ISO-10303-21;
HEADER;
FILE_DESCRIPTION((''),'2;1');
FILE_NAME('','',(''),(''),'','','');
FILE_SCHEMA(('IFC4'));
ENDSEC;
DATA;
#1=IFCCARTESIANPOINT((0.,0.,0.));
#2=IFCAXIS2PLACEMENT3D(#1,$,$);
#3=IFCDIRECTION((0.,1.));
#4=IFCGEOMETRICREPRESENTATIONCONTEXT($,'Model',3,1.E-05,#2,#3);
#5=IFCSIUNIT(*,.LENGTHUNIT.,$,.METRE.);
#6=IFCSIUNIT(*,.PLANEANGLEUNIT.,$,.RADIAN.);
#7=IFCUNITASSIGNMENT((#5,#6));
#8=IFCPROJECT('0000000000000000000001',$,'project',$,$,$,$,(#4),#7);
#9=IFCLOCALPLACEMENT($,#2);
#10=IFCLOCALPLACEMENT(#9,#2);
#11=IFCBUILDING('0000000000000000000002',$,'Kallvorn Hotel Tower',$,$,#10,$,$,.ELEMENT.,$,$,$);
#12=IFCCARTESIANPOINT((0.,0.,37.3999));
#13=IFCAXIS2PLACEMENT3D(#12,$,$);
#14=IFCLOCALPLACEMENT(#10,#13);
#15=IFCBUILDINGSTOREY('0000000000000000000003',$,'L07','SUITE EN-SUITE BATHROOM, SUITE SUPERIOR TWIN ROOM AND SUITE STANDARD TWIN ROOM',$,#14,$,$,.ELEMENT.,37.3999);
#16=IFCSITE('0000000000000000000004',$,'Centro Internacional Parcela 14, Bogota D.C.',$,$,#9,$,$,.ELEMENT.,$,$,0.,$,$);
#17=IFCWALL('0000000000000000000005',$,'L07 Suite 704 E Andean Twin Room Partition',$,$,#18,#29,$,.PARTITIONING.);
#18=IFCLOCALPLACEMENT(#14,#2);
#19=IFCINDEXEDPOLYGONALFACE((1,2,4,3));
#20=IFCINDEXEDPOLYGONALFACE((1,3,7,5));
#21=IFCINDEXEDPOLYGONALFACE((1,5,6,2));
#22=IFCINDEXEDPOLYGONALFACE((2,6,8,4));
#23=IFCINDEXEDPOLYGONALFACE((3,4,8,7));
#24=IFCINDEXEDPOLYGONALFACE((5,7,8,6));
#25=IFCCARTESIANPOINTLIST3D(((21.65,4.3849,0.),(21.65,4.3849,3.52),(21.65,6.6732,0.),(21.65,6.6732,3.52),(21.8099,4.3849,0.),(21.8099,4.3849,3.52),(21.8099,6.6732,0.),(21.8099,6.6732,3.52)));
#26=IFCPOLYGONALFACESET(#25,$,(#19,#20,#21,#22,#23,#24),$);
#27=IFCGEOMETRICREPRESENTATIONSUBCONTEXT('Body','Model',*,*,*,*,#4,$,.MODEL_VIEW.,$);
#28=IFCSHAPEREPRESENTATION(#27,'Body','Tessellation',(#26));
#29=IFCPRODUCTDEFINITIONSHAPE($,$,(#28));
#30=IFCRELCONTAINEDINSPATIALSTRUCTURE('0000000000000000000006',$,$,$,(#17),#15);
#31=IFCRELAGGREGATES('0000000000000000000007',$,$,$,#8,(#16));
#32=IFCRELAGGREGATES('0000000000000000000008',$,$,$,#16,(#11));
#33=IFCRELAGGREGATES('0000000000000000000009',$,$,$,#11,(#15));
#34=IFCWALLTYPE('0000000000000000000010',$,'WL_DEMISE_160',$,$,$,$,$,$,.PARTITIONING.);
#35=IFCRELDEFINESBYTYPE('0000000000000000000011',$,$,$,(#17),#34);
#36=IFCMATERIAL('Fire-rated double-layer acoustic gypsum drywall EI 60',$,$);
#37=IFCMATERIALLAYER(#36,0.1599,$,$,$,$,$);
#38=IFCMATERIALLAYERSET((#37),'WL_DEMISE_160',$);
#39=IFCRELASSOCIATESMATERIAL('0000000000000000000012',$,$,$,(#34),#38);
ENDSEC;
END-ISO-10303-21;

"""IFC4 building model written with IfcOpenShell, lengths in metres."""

from ifc_helpers import new_model, si_unit, direction, frame, frame_2d, origin, place, context, subcontext, project, spatial, rectangle, extrude, material, layer, layer_set, type_object, element, save


model = new_model("IFC4")

# Units and contexts
model_context = context("Model", 3, precision=1e-05, world=origin(), true_north=direction((0.0, 1.0)))
body_context = subcontext(model_context, "Body", "Model", "MODEL_VIEW")
ifc_project = project(units=[si_unit("LENGTHUNIT", "METRE"), si_unit("PLANEANGLEUNIT", "RADIAN")], contexts=[model_context])

# Site, building, storey
site_placement = place(None, origin())
site = spatial("IfcSite", under=ifc_project, at=site_placement, Name="Centro Internacional Parcela 14, Bogota D.C.", CompositionType="ELEMENT", RefElevation=0.0)
building_placement = place(site_placement, origin())
building = spatial("IfcBuilding", under=site, at=building_placement, Name="Kallvorn Hotel Tower", CompositionType="ELEMENT")
storey_placement = place(building_placement, frame((0.0, 0.0, 37.3999)))
storey = spatial("IfcBuildingStorey", under=building, at=storey_placement, Name="L07", Description="SUITE EN-SUITE BATHROOM, SUITE SUPERIOR TWIN ROOM AND SUITE STANDARD TWIN ROOM", CompositionType="ELEMENT", Elevation=37.3999)

# Shared definitions
ifc_material_1 = material(Name="Fire-rated double-layer acoustic gypsum drywall EI 60")
ifc_layer_1 = layer(ifc_material_1, 0.1599)
ifc_layer_set_1 = layer_set([ifc_layer_1], Name="WL_DEMISE_160")
wall_type = type_object("IfcWallType", Name="WL_DEMISE_160", PredefinedType="PARTITIONING", material=ifc_layer_set_1)

# Wall
wall_1_placement = place(storey_placement, frame((21.73, 4.385, 0.0), z_axis=(0.0, 0.0, 1.0), x_axis=(0.0, 1.0, 0.0)))
element("IfcWall", 1, at=wall_1_placement, inside=storey, type_object=wall_type, Name="L07 Suite 704 E Andean Twin Room Partition", PredefinedType="PARTITIONING", context=body_context, shape_type="SweptSolid", body=[
    extrude(rectangle(XDim=2.2883, YDim=0.1599, at=frame_2d((1.144, 0.0))), origin(), (0.0, 0.0, 1.0), 3.52),
])

save(model, "model.ifc")
